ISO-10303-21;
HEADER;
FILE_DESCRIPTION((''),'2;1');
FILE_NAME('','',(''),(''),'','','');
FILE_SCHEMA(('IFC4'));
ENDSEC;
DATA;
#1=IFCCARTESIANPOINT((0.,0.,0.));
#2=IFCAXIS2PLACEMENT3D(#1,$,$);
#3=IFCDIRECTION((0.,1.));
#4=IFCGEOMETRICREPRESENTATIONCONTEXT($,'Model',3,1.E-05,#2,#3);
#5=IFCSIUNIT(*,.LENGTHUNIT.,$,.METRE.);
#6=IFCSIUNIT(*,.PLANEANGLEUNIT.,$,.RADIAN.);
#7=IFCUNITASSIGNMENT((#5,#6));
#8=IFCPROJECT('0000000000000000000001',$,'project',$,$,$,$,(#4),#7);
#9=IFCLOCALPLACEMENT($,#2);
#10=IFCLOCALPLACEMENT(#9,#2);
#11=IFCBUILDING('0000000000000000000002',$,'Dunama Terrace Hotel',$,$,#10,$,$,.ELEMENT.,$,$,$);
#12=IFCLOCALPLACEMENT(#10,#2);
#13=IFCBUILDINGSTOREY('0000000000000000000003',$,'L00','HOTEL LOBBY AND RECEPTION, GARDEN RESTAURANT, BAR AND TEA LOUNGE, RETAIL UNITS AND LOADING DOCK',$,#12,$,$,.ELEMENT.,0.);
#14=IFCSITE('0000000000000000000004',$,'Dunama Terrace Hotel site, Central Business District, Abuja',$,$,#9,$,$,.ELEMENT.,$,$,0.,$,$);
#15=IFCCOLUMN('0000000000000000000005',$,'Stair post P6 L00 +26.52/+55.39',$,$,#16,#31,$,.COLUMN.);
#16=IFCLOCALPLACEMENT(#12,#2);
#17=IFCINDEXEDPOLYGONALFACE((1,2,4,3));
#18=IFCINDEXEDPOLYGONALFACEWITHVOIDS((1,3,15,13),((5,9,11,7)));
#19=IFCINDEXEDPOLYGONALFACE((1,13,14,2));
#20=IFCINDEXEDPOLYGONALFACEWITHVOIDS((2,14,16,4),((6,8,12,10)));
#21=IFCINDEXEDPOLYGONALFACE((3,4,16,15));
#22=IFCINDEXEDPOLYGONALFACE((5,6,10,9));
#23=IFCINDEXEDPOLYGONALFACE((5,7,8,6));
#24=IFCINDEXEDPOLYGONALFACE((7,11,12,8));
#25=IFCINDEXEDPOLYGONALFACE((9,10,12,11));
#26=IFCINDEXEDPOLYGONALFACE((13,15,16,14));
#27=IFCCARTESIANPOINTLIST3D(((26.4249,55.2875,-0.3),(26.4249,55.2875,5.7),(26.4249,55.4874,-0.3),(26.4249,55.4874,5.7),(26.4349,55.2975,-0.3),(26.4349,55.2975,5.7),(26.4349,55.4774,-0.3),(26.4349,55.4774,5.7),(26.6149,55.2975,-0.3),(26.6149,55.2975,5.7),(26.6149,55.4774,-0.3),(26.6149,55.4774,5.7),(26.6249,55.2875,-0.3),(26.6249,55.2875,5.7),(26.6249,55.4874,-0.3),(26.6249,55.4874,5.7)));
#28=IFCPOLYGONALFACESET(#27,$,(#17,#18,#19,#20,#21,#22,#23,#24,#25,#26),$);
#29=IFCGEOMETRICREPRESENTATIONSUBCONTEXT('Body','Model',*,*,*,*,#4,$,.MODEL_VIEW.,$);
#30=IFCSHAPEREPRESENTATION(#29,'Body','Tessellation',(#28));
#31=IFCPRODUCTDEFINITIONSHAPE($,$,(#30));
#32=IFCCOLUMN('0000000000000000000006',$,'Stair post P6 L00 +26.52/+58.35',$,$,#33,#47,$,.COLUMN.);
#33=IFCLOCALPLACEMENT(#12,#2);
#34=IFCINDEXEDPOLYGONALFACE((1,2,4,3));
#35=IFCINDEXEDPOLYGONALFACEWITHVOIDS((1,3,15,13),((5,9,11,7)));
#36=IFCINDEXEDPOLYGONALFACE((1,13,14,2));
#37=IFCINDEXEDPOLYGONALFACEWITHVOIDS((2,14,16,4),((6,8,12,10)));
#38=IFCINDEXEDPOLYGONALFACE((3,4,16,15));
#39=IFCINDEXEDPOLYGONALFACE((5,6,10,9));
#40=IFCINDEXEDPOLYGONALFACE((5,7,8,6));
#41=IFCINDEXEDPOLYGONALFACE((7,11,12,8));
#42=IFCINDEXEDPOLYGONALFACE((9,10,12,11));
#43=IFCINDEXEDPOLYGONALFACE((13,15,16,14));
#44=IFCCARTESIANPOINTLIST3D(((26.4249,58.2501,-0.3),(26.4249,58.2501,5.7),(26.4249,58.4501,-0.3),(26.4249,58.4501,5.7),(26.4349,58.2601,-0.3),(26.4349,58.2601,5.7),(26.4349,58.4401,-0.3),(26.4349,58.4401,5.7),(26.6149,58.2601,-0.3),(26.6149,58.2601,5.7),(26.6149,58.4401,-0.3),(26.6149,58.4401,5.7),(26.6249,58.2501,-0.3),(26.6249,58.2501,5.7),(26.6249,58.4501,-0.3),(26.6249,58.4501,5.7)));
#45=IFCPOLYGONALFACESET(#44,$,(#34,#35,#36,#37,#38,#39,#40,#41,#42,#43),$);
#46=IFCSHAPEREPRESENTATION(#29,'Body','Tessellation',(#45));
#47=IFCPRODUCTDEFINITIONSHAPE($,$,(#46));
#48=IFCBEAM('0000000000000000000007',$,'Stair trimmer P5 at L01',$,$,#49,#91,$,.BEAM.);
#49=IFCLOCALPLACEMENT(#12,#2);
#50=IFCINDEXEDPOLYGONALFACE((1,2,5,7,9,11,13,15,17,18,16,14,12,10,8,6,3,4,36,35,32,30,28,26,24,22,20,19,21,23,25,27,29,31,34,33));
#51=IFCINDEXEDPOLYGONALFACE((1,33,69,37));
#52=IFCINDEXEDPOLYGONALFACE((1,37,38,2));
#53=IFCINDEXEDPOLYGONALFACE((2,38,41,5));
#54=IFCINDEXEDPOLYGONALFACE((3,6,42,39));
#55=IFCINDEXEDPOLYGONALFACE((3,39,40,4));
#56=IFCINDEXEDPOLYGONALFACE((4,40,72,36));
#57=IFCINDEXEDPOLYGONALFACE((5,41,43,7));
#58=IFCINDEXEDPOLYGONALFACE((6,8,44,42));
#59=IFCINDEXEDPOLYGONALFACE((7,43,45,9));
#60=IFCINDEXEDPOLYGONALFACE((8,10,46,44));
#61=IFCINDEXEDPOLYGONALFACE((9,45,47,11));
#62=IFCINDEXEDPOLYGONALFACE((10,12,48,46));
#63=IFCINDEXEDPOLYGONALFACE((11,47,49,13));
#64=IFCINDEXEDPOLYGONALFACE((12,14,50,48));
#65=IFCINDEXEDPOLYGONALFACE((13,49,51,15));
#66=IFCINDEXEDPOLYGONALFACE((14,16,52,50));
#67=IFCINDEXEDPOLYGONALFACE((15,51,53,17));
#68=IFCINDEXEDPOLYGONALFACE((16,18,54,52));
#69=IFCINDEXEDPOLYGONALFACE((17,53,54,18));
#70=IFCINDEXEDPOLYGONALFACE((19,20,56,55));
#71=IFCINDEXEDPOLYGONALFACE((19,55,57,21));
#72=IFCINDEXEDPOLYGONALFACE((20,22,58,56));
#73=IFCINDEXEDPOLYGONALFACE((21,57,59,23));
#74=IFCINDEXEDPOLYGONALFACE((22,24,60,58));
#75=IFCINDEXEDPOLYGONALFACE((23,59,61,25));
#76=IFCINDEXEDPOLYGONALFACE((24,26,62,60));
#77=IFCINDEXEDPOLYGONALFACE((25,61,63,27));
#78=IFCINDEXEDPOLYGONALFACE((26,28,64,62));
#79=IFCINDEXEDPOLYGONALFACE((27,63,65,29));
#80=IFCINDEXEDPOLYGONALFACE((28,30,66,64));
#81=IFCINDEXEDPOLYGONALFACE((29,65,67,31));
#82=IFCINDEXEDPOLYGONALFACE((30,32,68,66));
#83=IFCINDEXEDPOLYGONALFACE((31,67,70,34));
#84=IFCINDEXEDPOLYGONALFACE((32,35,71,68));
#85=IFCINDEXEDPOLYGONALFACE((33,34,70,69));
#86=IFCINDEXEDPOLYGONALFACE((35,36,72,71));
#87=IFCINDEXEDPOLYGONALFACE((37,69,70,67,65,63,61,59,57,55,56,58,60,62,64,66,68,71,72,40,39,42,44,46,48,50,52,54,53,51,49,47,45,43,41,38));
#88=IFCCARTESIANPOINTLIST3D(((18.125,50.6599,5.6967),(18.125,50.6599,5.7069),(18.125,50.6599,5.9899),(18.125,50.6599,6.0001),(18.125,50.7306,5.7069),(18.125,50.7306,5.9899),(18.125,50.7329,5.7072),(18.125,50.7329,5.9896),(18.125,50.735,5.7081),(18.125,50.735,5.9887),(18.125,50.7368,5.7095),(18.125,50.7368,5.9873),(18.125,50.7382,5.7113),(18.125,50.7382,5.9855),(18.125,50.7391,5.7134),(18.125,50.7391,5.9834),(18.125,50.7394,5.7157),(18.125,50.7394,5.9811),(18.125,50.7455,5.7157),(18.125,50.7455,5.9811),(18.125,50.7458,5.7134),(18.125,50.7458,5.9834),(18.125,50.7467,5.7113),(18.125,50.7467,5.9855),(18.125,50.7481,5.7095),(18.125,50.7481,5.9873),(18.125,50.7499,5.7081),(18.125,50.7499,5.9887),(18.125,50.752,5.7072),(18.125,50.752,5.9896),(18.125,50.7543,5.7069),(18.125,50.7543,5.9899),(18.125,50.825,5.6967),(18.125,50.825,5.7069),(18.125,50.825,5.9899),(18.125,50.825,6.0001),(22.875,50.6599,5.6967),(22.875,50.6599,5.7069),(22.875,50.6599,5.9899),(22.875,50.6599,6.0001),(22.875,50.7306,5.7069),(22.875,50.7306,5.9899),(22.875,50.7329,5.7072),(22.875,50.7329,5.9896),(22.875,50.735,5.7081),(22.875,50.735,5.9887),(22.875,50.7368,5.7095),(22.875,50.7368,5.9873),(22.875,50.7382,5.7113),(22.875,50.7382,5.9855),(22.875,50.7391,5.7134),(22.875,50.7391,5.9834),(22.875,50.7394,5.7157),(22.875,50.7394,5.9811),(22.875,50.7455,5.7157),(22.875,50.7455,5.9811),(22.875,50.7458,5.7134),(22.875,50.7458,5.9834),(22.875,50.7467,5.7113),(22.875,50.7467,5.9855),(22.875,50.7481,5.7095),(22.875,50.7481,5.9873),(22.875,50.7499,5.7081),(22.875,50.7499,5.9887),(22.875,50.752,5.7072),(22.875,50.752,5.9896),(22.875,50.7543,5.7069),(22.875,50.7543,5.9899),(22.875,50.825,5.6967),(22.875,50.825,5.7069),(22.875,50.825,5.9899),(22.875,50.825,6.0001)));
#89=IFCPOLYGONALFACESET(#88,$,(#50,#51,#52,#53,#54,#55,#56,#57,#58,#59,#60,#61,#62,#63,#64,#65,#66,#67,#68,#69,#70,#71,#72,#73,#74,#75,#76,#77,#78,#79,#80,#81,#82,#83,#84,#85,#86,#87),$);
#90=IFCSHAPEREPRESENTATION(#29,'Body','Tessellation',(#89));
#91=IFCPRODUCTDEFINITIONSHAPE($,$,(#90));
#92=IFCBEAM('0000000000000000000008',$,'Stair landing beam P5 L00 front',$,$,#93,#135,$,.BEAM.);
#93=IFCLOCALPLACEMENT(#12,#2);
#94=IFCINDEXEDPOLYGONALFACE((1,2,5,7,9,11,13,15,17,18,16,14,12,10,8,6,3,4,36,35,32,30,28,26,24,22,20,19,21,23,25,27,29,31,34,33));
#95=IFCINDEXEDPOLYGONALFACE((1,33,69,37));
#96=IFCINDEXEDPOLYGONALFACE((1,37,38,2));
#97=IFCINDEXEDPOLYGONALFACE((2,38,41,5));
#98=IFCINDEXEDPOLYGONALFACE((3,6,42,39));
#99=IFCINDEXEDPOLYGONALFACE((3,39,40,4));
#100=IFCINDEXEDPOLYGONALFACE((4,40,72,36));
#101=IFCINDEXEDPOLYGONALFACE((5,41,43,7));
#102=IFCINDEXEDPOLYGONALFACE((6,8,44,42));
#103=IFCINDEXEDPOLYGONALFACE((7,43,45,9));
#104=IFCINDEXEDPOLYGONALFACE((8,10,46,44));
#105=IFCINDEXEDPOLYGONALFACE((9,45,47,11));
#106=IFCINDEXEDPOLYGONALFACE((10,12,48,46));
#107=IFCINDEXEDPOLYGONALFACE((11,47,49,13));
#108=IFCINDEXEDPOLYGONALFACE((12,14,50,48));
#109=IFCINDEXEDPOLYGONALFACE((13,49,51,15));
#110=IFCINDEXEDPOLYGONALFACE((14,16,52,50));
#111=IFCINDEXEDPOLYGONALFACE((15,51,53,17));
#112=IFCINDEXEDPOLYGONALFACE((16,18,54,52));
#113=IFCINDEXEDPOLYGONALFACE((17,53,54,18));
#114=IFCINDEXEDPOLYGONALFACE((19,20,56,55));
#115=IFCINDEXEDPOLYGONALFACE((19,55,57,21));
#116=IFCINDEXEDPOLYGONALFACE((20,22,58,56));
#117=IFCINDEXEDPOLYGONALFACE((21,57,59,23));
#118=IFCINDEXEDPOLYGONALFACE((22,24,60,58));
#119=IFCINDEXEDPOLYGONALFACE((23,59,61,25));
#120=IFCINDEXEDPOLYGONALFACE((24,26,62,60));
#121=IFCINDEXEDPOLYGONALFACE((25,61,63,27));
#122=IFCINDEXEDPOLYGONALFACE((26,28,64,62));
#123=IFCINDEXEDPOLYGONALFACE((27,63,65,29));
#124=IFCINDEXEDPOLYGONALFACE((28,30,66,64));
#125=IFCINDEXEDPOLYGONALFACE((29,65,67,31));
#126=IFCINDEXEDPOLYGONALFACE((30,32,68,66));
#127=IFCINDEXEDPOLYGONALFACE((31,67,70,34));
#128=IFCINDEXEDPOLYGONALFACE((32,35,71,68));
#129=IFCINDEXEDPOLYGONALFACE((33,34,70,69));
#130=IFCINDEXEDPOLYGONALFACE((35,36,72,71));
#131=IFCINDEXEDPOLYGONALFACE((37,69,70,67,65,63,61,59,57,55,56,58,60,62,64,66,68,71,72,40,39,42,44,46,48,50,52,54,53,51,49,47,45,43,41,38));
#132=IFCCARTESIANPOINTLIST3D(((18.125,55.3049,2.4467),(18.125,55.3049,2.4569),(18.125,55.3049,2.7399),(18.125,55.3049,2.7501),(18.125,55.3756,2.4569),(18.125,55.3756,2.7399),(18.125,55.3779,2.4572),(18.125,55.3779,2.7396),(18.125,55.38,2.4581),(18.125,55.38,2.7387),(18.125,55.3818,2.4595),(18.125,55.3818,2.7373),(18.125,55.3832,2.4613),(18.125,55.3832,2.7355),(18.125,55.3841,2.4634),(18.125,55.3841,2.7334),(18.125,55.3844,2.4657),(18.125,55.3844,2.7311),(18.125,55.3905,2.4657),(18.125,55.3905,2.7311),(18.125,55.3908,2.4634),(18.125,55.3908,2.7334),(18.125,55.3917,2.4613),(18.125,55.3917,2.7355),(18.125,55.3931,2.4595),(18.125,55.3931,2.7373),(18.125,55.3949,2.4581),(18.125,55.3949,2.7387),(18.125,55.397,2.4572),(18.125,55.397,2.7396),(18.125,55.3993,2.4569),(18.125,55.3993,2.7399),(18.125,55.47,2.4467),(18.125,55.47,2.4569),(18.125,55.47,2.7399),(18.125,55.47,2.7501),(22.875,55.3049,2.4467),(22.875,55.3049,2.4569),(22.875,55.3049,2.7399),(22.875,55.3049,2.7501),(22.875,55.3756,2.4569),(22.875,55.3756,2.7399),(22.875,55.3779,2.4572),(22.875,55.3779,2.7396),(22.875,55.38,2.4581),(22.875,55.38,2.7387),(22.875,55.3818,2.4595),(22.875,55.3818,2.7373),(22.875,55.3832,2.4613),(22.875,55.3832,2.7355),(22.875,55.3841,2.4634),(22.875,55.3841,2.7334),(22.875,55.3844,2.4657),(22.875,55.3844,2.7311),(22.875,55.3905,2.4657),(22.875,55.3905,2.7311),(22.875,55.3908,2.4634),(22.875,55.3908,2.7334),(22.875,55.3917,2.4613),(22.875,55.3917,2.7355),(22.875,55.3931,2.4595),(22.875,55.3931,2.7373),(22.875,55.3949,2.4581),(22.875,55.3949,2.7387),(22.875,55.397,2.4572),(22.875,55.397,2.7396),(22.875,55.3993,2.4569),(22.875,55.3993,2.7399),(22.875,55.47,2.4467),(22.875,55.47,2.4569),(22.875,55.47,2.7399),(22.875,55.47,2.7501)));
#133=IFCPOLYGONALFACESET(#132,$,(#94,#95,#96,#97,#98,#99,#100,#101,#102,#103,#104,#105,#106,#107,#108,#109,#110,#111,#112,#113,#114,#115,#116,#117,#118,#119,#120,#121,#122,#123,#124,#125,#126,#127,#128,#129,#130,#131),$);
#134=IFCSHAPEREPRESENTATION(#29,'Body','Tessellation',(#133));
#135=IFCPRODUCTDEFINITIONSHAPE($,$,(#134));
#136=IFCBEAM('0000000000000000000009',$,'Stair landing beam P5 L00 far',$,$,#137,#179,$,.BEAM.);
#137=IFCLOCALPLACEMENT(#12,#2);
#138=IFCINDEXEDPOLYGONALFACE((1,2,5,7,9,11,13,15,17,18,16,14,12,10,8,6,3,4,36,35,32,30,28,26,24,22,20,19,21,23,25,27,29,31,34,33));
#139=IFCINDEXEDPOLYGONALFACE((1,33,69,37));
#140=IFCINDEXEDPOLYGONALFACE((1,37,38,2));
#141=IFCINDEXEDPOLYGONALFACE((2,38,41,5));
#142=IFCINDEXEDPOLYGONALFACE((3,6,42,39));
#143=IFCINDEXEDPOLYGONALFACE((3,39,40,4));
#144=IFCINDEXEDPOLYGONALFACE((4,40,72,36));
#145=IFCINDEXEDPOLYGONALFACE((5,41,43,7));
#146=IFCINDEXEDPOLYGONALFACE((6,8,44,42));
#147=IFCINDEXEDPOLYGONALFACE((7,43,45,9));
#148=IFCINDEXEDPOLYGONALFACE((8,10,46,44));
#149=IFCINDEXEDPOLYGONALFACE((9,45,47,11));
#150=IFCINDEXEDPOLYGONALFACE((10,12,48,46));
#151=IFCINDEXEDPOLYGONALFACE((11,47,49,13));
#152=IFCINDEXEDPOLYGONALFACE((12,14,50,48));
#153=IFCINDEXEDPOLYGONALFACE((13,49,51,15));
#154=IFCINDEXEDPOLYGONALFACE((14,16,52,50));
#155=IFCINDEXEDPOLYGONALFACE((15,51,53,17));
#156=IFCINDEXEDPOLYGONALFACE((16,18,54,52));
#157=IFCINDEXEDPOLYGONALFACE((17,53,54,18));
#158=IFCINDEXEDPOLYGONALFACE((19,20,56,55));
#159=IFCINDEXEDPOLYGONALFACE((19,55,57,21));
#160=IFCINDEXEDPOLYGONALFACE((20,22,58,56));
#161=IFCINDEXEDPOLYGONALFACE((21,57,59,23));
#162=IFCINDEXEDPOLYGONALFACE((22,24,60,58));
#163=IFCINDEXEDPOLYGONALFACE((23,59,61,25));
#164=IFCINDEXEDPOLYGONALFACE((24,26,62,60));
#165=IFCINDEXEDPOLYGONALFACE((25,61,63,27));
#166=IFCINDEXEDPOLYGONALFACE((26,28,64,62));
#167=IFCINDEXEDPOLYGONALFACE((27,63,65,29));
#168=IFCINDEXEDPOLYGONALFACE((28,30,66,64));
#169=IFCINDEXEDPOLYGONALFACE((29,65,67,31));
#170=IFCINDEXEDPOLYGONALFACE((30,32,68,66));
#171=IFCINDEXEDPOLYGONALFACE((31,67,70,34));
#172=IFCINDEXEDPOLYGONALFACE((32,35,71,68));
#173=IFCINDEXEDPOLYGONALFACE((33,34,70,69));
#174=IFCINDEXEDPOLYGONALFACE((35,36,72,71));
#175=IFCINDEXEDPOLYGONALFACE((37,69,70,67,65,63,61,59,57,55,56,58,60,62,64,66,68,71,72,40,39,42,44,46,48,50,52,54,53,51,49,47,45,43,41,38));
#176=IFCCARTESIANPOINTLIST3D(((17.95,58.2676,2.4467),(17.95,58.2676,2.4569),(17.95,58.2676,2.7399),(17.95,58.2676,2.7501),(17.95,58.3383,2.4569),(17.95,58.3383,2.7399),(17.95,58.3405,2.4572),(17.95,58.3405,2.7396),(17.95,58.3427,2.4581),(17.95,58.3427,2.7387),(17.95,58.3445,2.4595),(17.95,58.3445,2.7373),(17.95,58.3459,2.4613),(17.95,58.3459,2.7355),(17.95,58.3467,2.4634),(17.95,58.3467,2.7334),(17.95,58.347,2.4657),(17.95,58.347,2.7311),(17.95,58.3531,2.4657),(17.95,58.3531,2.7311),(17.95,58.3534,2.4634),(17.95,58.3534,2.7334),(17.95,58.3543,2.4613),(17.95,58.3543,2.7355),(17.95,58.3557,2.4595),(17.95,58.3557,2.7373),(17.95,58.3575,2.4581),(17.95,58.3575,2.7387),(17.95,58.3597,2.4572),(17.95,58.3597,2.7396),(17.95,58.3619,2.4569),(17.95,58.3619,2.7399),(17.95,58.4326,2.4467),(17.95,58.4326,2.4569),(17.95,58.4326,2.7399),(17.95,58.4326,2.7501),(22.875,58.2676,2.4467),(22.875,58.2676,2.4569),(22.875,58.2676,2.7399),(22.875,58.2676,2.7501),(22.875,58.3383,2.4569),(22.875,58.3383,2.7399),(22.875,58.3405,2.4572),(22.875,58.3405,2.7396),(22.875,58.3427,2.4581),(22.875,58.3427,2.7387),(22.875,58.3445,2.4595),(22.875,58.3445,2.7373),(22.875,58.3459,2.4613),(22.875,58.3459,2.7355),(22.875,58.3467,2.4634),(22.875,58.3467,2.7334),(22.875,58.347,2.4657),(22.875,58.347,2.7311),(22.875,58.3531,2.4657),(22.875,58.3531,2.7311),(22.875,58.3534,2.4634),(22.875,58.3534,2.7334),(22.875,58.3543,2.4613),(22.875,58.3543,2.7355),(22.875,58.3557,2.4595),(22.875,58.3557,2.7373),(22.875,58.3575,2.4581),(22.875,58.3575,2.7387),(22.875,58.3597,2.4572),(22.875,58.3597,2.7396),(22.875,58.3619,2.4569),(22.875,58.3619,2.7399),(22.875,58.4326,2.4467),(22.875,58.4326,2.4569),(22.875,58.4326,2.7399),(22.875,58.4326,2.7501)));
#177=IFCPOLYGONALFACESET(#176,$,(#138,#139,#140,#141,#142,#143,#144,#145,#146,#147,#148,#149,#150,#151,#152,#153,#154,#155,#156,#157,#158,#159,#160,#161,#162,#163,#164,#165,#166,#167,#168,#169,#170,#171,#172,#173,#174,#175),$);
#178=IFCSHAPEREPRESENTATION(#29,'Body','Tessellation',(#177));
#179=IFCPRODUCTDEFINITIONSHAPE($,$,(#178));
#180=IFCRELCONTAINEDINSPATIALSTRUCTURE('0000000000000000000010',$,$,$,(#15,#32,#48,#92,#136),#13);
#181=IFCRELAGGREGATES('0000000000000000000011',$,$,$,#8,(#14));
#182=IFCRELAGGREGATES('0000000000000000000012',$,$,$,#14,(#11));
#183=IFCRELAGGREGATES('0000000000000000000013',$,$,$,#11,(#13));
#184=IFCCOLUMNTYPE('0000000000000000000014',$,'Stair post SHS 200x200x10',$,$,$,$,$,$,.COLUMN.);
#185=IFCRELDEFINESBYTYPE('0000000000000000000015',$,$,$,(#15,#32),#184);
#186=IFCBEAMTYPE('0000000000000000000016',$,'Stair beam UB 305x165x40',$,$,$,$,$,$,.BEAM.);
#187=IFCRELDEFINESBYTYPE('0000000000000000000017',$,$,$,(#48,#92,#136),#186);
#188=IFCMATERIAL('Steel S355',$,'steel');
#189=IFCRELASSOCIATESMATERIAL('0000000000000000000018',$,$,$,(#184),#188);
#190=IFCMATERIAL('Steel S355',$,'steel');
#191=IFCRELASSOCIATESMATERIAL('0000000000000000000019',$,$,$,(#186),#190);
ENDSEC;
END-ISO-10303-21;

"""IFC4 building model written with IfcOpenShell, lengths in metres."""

from ifc_helpers import new_model, si_unit, direction, frame, origin, origin_2d, place, context, subcontext, project, spatial, hollow_rectangle, i_section, extrude, material, material_profile, profile_set, type_object, element, save


model = new_model("IFC4")

# Units and contexts
model_context = context("Model", 3, precision=1e-05, world=origin(), true_north=direction((0.0, 1.0)))
body_context = subcontext(model_context, "Body", "Model", "MODEL_VIEW")
ifc_project = project(units=[si_unit("LENGTHUNIT", "METRE"), si_unit("PLANEANGLEUNIT", "RADIAN")], contexts=[model_context])

# Site, building, storey
site_placement = place(None, origin())
site = spatial("IfcSite", under=ifc_project, at=site_placement, Name="Dunama Terrace Hotel site, Central Business District, Abuja", CompositionType="ELEMENT", RefElevation=0.0)
building_placement = place(site_placement, origin())
building = spatial("IfcBuilding", under=site, at=building_placement, Name="Dunama Terrace Hotel", CompositionType="ELEMENT")
storey_placement = place(building_placement, origin())
storey = spatial("IfcBuildingStorey", under=building, at=storey_placement, Name="L00", Description="HOTEL LOBBY AND RECEPTION, GARDEN RESTAURANT, BAR AND TEA LOUNGE, RETAIL UNITS AND LOADING DOCK", CompositionType="ELEMENT", Elevation=0.0)

# Columns
ifc_material_1 = material(Name="Steel S355", Category="steel")
ifc_material_profile_1 = material_profile(ifc_material_1, hollow_rectangle(XDim=0.2, YDim=0.2, WallThickness=0.01, at=origin_2d()), Name="SHS 200x200x10")
ifc_profile_set_1 = profile_set([ifc_material_profile_1], Name="Steel S355")
column_type_1 = type_object("IfcColumnType", Name="Stair post SHS 200x200x10", PredefinedType="COLUMN", material=ifc_profile_set_1)
for number, where, z_axis, x_axis, name in (
    (1, (26.5249, 55.3875, -0.3), (0.0, 0.0, 1.0), (1.0, 0.0, 0.0), "Stair post P6 L00 +26.52/+55.39"),
    (2, (26.5249, 58.3501, -0.3), (0.0, 0.0, 1.0), (1.0, 0.0, 0.0), "Stair post P6 L00 +26.52/+58.35"),
):
    element("IfcColumn", number, at=place(storey_placement, frame(where, z_axis=z_axis, x_axis=x_axis)), inside=storey, type_object=column_type_1, Name=name, PredefinedType="COLUMN", context=body_context, shape_type="SweptSolid", body=[
        extrude(hollow_rectangle(XDim=0.2, YDim=0.2, WallThickness=0.01, at=origin_2d()), origin(), (0.0, 0.0, 1.0), 6.0),
    ])

# Beams
ifc_material_2 = material(Name="Steel S355", Category="steel")
ifc_material_profile_2 = material_profile(ifc_material_2, i_section(OverallWidth=0.165, OverallDepth=0.3035, WebThickness=0.0061, FlangeThickness=0.0103, FilletRadius=0.0088, at=origin_2d()), Name="UB 305x165x40")
ifc_profile_set_2 = profile_set([ifc_material_profile_2], Name="Steel S355")
beam_type = type_object("IfcBeamType", Name="Stair beam UB 305x165x40", PredefinedType="BEAM", material=ifc_profile_set_2)
for number, where, z_axis, x_axis, name in (
    (3, (18.125, 50.7424, 5.8484), (1.0, 0.0, 0.0), (0.0, 1.0, 0.0), "Stair trimmer P5 at L01"),
    (4, (18.125, 55.3875, 2.5984), (1.0, 0.0, 0.0), (0.0, 1.0, 0.0), "Stair landing beam P5 L00 front"),
):
    element("IfcBeam", number, at=place(storey_placement, frame(where, z_axis=z_axis, x_axis=x_axis)), inside=storey, type_object=beam_type, Name=name, PredefinedType="BEAM", context=body_context, shape_type="SweptSolid", body=[
        extrude(i_section(OverallWidth=0.165, OverallDepth=0.3035, WebThickness=0.0061, FlangeThickness=0.0103, FilletRadius=0.0088, at=origin_2d()), origin(), (0.0, 0.0, 1.0), 4.75),
    ])
beam_placement = place(storey_placement, frame((17.95, 58.3501, 2.5984), z_axis=(1.0, 0.0, 0.0), x_axis=(0.0, 1.0, 0.0)))
element("IfcBeam", 5, at=beam_placement, inside=storey, type_object=beam_type, Name="Stair landing beam P5 L00 far", PredefinedType="BEAM", context=body_context, shape_type="SweptSolid", body=[
    extrude(i_section(OverallWidth=0.165, OverallDepth=0.3035, WebThickness=0.0061, FlangeThickness=0.0103, FilletRadius=0.0088, at=origin_2d()), origin(), (0.0, 0.0, 1.0), 4.925),
])

save(model, "model.ifc")
